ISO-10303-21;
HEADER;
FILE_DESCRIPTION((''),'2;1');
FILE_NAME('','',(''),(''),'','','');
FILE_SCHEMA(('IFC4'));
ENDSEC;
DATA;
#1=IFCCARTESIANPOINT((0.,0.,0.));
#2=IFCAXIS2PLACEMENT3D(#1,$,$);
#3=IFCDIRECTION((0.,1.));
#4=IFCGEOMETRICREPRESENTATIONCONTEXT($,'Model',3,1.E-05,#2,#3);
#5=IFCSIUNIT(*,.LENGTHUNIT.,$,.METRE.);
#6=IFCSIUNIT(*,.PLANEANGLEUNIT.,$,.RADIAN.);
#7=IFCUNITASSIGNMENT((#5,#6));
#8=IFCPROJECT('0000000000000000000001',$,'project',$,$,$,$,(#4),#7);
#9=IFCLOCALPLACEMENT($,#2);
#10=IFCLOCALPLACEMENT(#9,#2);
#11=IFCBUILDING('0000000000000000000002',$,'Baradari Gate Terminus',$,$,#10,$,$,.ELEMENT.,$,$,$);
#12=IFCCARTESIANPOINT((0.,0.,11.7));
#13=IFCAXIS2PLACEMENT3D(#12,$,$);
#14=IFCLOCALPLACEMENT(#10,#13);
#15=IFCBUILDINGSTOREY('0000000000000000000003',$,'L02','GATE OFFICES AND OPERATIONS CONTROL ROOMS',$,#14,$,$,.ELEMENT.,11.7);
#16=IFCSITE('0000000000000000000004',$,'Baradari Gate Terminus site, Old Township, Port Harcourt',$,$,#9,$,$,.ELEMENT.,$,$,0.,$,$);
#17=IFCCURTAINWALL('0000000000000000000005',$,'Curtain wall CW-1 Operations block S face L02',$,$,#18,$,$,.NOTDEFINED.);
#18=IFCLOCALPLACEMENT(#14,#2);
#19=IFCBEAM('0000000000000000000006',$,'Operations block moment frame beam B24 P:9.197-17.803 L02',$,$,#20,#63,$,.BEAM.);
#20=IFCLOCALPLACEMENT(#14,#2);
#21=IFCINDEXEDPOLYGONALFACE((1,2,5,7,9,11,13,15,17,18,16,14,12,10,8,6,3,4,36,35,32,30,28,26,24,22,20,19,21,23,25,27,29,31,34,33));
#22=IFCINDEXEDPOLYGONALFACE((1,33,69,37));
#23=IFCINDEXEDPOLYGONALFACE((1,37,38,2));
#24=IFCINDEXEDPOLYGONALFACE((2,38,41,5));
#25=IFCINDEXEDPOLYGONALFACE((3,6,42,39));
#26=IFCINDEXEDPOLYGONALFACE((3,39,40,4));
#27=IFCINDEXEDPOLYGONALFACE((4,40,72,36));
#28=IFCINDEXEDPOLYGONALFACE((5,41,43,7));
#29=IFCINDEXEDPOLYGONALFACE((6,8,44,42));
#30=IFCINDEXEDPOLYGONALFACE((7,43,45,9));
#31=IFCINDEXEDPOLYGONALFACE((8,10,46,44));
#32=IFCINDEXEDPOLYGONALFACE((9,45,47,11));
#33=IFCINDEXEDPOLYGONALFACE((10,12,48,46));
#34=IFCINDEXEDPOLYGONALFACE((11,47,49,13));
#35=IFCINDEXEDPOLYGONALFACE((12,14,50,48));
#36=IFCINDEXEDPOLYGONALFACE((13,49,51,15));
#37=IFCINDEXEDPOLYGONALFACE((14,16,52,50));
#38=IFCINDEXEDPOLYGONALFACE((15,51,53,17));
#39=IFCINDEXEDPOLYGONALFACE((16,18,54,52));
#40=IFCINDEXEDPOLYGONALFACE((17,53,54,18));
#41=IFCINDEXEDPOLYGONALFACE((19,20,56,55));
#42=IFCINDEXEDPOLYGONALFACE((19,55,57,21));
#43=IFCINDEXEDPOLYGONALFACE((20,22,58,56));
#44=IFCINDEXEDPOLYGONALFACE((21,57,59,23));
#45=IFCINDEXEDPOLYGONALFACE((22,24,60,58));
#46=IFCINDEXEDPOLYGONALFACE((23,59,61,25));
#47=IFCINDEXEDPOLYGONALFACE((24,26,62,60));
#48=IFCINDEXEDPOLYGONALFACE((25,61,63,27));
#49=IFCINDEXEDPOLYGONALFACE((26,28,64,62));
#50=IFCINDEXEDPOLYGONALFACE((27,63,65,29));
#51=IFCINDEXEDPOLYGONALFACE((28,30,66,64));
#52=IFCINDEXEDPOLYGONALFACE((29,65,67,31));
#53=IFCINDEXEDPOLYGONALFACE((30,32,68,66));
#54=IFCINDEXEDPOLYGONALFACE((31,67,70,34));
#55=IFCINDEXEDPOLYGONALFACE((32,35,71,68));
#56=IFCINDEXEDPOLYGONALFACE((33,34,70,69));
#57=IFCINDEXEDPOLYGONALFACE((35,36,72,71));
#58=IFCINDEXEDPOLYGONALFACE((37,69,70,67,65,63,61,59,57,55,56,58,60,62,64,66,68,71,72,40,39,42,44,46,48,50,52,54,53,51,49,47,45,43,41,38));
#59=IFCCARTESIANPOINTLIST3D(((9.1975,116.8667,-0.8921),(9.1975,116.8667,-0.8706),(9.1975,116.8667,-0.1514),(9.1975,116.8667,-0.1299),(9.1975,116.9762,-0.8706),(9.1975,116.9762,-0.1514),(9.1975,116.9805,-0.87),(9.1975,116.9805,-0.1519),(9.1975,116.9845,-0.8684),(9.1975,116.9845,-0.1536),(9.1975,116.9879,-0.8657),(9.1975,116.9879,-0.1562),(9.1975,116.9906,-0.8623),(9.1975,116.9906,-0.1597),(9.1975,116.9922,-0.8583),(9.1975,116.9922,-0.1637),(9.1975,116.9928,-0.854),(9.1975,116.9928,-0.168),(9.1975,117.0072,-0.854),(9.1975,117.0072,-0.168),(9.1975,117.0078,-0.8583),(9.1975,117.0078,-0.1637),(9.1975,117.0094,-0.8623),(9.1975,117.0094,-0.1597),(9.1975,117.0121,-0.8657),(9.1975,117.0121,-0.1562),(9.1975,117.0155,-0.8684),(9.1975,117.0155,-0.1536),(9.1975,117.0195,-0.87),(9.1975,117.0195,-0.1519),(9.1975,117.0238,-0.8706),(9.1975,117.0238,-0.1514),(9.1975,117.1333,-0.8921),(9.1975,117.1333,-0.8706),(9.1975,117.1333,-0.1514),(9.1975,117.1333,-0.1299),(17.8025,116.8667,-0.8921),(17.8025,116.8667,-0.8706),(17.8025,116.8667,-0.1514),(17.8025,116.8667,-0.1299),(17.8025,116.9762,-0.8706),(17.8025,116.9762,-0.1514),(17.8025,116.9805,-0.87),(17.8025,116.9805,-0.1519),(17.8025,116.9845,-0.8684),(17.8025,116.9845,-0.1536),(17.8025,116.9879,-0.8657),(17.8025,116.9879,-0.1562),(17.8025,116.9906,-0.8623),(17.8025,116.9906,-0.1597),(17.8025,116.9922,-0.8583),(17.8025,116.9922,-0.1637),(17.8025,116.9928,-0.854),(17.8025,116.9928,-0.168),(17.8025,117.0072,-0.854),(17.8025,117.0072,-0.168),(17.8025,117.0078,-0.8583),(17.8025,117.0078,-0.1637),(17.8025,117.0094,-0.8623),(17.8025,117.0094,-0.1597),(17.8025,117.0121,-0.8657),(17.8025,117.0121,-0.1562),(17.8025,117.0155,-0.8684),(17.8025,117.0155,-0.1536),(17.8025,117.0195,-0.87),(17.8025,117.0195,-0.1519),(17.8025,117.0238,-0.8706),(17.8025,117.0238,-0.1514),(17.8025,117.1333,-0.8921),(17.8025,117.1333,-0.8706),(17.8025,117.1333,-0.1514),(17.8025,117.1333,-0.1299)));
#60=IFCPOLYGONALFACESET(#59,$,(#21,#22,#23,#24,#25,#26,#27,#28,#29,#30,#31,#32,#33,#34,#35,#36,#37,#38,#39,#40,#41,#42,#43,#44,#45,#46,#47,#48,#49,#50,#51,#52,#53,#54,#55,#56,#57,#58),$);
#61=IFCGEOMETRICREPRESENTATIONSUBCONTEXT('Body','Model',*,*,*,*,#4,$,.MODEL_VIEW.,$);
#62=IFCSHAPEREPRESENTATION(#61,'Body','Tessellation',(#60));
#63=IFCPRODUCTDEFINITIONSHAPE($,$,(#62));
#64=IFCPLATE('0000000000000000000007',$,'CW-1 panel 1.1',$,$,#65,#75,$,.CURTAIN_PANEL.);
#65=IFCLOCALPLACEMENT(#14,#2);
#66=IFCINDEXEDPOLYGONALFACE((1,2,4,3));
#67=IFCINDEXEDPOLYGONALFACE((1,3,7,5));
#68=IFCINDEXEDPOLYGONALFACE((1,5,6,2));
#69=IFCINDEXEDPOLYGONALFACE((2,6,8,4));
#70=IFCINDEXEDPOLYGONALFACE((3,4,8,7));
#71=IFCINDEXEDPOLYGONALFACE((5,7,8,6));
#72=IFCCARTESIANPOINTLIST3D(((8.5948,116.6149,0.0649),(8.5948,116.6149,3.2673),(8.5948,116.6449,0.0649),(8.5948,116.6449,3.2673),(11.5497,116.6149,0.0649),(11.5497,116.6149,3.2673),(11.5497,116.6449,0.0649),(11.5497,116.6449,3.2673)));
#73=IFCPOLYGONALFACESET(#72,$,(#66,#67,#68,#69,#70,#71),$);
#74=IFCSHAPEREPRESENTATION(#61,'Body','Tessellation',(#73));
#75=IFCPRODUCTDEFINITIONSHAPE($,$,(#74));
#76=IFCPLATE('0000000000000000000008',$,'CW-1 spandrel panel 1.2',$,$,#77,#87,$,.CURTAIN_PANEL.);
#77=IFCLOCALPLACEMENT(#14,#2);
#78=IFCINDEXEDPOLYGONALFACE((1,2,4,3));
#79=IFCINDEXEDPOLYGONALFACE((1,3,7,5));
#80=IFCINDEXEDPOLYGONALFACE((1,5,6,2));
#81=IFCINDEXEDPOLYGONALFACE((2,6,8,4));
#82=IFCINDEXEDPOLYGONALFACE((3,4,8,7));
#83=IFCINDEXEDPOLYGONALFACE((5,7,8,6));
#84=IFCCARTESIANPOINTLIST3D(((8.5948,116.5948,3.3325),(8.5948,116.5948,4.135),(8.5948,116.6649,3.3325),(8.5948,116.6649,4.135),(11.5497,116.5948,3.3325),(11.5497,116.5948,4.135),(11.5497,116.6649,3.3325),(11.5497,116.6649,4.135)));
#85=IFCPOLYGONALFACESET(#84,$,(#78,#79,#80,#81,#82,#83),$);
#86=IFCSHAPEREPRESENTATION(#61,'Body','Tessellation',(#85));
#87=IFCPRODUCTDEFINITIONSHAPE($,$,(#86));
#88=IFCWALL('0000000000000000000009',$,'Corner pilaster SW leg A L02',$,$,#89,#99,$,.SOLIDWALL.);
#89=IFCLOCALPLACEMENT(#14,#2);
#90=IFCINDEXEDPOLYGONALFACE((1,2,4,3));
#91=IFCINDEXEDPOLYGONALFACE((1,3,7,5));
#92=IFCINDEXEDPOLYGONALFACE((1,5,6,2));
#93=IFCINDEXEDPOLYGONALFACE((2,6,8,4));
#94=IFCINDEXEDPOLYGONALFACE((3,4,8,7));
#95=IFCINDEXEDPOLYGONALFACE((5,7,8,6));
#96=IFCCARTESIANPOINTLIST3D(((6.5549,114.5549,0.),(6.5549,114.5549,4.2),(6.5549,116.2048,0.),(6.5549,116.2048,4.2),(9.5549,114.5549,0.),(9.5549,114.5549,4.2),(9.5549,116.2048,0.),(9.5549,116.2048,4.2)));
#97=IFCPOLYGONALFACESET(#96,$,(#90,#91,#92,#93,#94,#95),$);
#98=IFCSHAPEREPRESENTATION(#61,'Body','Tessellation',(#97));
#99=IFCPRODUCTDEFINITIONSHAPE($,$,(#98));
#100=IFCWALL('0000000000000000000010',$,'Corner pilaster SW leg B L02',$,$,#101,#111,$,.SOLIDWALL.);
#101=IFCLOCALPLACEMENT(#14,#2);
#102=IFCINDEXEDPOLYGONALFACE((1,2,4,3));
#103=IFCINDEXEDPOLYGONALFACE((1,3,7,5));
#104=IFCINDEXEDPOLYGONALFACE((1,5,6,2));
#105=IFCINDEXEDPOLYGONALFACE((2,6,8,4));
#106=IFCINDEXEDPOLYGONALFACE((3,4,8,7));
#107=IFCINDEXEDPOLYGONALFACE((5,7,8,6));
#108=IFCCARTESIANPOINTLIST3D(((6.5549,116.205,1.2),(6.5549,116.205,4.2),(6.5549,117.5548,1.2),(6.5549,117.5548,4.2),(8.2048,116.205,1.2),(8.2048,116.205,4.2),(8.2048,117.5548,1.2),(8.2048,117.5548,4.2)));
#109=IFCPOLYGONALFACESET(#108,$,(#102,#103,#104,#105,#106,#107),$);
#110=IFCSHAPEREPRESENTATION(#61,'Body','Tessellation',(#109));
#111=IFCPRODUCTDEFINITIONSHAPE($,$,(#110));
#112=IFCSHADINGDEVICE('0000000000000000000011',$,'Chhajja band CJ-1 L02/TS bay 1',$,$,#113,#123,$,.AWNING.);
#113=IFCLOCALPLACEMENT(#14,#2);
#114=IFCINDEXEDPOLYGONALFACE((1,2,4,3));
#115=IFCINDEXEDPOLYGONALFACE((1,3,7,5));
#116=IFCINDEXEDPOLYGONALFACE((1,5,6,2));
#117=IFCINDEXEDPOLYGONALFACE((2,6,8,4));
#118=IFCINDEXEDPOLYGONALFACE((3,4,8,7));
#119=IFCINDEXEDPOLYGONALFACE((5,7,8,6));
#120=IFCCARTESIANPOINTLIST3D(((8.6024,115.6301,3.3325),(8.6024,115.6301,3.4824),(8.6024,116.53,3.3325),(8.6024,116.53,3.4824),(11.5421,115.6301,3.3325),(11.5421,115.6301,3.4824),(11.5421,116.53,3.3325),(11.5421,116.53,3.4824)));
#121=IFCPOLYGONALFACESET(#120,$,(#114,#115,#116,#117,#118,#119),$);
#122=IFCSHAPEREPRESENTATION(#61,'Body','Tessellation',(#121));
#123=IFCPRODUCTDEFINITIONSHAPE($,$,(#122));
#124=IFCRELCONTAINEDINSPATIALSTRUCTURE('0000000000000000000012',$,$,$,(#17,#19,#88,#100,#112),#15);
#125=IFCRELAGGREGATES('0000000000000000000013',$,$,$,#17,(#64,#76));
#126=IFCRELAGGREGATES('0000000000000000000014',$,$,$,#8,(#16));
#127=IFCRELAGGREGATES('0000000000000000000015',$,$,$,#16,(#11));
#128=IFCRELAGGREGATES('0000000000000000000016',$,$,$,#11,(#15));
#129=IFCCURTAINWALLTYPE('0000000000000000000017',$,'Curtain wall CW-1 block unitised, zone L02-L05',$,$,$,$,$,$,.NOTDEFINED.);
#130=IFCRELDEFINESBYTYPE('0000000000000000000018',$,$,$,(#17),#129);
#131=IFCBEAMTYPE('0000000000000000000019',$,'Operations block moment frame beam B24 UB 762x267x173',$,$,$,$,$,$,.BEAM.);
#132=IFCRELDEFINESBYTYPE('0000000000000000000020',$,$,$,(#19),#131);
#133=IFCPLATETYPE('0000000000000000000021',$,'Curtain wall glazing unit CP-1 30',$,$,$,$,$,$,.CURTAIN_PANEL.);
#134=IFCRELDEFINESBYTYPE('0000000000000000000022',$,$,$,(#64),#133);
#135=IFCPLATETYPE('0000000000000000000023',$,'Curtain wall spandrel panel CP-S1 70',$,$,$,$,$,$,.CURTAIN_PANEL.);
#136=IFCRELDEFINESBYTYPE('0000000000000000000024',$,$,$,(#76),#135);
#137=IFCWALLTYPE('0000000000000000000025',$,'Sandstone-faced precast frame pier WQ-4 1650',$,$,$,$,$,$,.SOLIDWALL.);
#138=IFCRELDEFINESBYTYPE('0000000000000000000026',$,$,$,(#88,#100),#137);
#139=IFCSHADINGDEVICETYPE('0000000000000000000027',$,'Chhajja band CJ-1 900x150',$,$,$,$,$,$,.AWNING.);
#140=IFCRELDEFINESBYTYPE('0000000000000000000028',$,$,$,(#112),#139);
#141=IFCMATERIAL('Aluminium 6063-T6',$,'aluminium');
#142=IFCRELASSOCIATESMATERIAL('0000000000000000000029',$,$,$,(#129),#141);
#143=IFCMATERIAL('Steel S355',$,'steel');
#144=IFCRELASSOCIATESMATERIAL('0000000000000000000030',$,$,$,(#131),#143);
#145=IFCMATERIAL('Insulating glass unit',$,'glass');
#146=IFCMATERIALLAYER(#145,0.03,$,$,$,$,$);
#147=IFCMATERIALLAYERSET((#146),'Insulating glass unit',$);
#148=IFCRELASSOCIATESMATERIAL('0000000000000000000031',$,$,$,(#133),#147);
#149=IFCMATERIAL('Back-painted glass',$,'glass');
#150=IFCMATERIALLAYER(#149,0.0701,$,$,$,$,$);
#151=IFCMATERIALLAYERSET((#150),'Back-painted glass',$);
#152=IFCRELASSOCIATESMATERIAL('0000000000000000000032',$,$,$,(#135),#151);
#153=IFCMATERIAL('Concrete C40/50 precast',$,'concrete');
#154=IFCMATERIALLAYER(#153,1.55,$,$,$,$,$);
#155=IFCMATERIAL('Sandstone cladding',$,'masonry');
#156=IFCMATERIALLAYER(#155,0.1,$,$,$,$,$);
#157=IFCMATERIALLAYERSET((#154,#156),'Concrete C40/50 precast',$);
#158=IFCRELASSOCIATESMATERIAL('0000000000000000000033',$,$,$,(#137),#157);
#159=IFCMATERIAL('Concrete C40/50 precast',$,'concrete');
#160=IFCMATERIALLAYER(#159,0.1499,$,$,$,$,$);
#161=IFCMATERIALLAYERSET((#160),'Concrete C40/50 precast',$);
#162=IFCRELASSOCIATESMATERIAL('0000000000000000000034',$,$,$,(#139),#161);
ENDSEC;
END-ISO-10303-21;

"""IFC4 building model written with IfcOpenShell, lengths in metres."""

from ifc_helpers import new_model, si_unit, direction, frame, frame_2d, origin, origin_2d, place, context, subcontext, project, spatial, rectangle, i_section, extrude, material, layer, layer_set, material_profile, profile_set, type_object, element, aggregate, save


model = new_model("IFC4")

# Units and contexts
model_context = context("Model", 3, precision=1e-05, world=origin(), true_north=direction((0.0, 1.0)))
body_context = subcontext(model_context, "Body", "Model", "MODEL_VIEW")
ifc_project = project(units=[si_unit("LENGTHUNIT", "METRE"), si_unit("PLANEANGLEUNIT", "RADIAN")], contexts=[model_context])

# Site, building, storey
site_placement = place(None, origin())
site = spatial("IfcSite", under=ifc_project, at=site_placement, Name="Baradari Gate Terminus site, Old Township, Port Harcourt", CompositionType="ELEMENT", RefElevation=0.0)
building_placement = place(site_placement, origin())
building = spatial("IfcBuilding", under=site, at=building_placement, Name="Baradari Gate Terminus", CompositionType="ELEMENT")
storey_placement = place(building_placement, frame((0.0, 0.0, 11.7)))
storey = spatial("IfcBuildingStorey", under=building, at=storey_placement, Name="L02", Description="GATE OFFICES AND OPERATIONS CONTROL ROOMS", CompositionType="ELEMENT", Elevation=11.7)

# Curtain wall
ifc_material_1 = material(Name="Aluminium 6063-T6", Category="aluminium")
curtain_wall_type = type_object("IfcCurtainWallType", Name="Curtain wall CW-1 block unitised, zone L02-L05", PredefinedType="NOTDEFINED", material=ifc_material_1)
curtain_wall_1_placement = place(storey_placement, origin())
curtain_wall_1 = element("IfcCurtainWall", 1, at=curtain_wall_1_placement, inside=storey, type_object=curtain_wall_type, Name="Curtain wall CW-1 Operations block S face L02", PredefinedType="NOTDEFINED")

# Beam
ifc_material_2 = material(Name="Steel S355", Category="steel")
ifc_material_profile_1 = material_profile(ifc_material_2, i_section(OverallWidth=0.2666, OverallDepth=0.7622, WebThickness=0.0144, FlangeThickness=0.0215, FilletRadius=0.0166, at=origin_2d()), Name="UB 762x267x173")
ifc_profile_set_1 = profile_set([ifc_material_profile_1], Name="Steel S355")
beam_type = type_object("IfcBeamType", Name="Operations block moment frame beam B24 UB 762x267x173", PredefinedType="BEAM", material=ifc_profile_set_1)
beam_placement = place(storey_placement, frame((9.1975, 117.0, -0.511), z_axis=(1.0, 0.0, 0.0), x_axis=(0.0, 1.0, 0.0)))
element("IfcBeam", 2, at=beam_placement, inside=storey, type_object=beam_type, Name="Operations block moment frame beam B24 P:9.197-17.803 L02", PredefinedType="BEAM", context=body_context, shape_type="SweptSolid", body=[
    extrude(i_section(OverallWidth=0.2666, OverallDepth=0.7622, WebThickness=0.0144, FlangeThickness=0.0215, FilletRadius=0.0166, at=origin_2d()), origin(), (0.0, 0.0, 1.0), 8.605),
])

# Plates
ifc_material_3 = material(Name="Insulating glass unit", Category="glass")
ifc_layer_1 = layer(ifc_material_3, 0.03)
ifc_layer_set_1 = layer_set([ifc_layer_1], Name="Insulating glass unit")
plate_type_1 = type_object("IfcPlateType", Name="Curtain wall glazing unit CP-1 30", PredefinedType="CURTAIN_PANEL", material=ifc_layer_set_1)
plate_1_placement = place(storey_placement, frame((10.0723, 116.6299, 0.0649), z_axis=(0.0, 0.0, 1.0), x_axis=(1.0, 0.0, 0.0)))
plate_1 = element("IfcPlate", 3, at=plate_1_placement, type_object=plate_type_1, Name="CW-1 panel 1.1", PredefinedType="CURTAIN_PANEL", context=body_context, shape_type="SweptSolid", body=[
    extrude(rectangle(XDim=2.9548, YDim=0.03, at=origin_2d()), origin(), (0.0, 0.0, 1.0), 3.2024),
])
ifc_material_4 = material(Name="Back-painted glass", Category="glass")
ifc_layer_2 = layer(ifc_material_4, 0.0701)
ifc_layer_set_2 = layer_set([ifc_layer_2], Name="Back-painted glass")
plate_type_2 = type_object("IfcPlateType", Name="Curtain wall spandrel panel CP-S1 70", PredefinedType="CURTAIN_PANEL", material=ifc_layer_set_2)
plate_2_placement = place(storey_placement, frame((10.0723, 116.6299, 3.3325), z_axis=(0.0, 0.0, 1.0), x_axis=(1.0, 0.0, 0.0)))
plate_2 = element("IfcPlate", 4, at=plate_2_placement, type_object=plate_type_2, Name="CW-1 spandrel panel 1.2", PredefinedType="CURTAIN_PANEL", context=body_context, shape_type="SweptSolid", body=[
    extrude(rectangle(XDim=2.9548, YDim=0.0701, at=origin_2d()), origin(), (0.0, 0.0, 1.0), 0.8025),
])
aggregate(curtain_wall_1, [plate_1, plate_2])

# Walls
ifc_material_5 = material(Name="Concrete C40/50 precast", Category="concrete")
ifc_layer_3 = layer(ifc_material_5, 1.55)
ifc_material_6 = material(Name="Sandstone cladding", Category="masonry")
ifc_layer_4 = layer(ifc_material_6, 0.1)
ifc_layer_set_3 = layer_set([ifc_layer_3, ifc_layer_4], Name="Concrete C40/50 precast")
wall_type = type_object("IfcWallType", Name="Sandstone-faced precast frame pier WQ-4 1650", PredefinedType="SOLIDWALL", material=ifc_layer_set_3)
wall_1_placement = place(storey_placement, frame((6.5549, 115.3799, 0.0), z_axis=(0.0, 0.0, 1.0), x_axis=(1.0, 0.0, 0.0)))
element("IfcWall", 5, at=wall_1_placement, inside=storey, type_object=wall_type, Name="Corner pilaster SW leg A L02", PredefinedType="SOLIDWALL", context=body_context, shape_type="SweptSolid", body=[
    extrude(rectangle(XDim=3.0, YDim=1.6499, at=frame_2d((1.5, 0.0))), origin(), (0.0, 0.0, 1.0), 4.2),
])
wall_2_placement = place(storey_placement, frame((7.3799, 116.2051, 1.2), z_axis=(0.0, 0.0, 1.0), x_axis=(0.0, 1.0, 0.0)))
element("IfcWall", 6, at=wall_2_placement, inside=storey, type_object=wall_type, Name="Corner pilaster SW leg B L02", PredefinedType="SOLIDWALL", context=body_context, shape_type="SweptSolid", body=[
    extrude(rectangle(XDim=1.3499, YDim=1.6499, at=frame_2d((0.6748, 0.0))), origin(), (0.0, 0.0, 1.0), 3.0),
])

# Shading device
ifc_material_7 = material(Name="Concrete C40/50 precast", Category="concrete")
ifc_layer_5 = layer(ifc_material_7, 0.1499)
ifc_layer_set_4 = layer_set([ifc_layer_5], Name="Concrete C40/50 precast")
shading_device_type_1 = type_object("IfcShadingDeviceType", Name="Chhajja band CJ-1 900x150", PredefinedType="AWNING", material=ifc_layer_set_4)
shading_device_1_placement = place(storey_placement, frame((10.0723, 116.0801, 3.3325), z_axis=(0.0, 0.0, 1.0), x_axis=(1.0, 0.0, 0.0)))
element("IfcShadingDevice", 7, at=shading_device_1_placement, inside=storey, type_object=shading_device_type_1, Name="Chhajja band CJ-1 L02/TS bay 1", PredefinedType="AWNING", context=body_context, shape_type="SweptSolid", body=[
    extrude(rectangle(XDim=2.9397, YDim=0.8999, at=origin_2d()), origin(), (0.0, 0.0, 1.0), 0.1499),
])

save(model, "model.ifc")
